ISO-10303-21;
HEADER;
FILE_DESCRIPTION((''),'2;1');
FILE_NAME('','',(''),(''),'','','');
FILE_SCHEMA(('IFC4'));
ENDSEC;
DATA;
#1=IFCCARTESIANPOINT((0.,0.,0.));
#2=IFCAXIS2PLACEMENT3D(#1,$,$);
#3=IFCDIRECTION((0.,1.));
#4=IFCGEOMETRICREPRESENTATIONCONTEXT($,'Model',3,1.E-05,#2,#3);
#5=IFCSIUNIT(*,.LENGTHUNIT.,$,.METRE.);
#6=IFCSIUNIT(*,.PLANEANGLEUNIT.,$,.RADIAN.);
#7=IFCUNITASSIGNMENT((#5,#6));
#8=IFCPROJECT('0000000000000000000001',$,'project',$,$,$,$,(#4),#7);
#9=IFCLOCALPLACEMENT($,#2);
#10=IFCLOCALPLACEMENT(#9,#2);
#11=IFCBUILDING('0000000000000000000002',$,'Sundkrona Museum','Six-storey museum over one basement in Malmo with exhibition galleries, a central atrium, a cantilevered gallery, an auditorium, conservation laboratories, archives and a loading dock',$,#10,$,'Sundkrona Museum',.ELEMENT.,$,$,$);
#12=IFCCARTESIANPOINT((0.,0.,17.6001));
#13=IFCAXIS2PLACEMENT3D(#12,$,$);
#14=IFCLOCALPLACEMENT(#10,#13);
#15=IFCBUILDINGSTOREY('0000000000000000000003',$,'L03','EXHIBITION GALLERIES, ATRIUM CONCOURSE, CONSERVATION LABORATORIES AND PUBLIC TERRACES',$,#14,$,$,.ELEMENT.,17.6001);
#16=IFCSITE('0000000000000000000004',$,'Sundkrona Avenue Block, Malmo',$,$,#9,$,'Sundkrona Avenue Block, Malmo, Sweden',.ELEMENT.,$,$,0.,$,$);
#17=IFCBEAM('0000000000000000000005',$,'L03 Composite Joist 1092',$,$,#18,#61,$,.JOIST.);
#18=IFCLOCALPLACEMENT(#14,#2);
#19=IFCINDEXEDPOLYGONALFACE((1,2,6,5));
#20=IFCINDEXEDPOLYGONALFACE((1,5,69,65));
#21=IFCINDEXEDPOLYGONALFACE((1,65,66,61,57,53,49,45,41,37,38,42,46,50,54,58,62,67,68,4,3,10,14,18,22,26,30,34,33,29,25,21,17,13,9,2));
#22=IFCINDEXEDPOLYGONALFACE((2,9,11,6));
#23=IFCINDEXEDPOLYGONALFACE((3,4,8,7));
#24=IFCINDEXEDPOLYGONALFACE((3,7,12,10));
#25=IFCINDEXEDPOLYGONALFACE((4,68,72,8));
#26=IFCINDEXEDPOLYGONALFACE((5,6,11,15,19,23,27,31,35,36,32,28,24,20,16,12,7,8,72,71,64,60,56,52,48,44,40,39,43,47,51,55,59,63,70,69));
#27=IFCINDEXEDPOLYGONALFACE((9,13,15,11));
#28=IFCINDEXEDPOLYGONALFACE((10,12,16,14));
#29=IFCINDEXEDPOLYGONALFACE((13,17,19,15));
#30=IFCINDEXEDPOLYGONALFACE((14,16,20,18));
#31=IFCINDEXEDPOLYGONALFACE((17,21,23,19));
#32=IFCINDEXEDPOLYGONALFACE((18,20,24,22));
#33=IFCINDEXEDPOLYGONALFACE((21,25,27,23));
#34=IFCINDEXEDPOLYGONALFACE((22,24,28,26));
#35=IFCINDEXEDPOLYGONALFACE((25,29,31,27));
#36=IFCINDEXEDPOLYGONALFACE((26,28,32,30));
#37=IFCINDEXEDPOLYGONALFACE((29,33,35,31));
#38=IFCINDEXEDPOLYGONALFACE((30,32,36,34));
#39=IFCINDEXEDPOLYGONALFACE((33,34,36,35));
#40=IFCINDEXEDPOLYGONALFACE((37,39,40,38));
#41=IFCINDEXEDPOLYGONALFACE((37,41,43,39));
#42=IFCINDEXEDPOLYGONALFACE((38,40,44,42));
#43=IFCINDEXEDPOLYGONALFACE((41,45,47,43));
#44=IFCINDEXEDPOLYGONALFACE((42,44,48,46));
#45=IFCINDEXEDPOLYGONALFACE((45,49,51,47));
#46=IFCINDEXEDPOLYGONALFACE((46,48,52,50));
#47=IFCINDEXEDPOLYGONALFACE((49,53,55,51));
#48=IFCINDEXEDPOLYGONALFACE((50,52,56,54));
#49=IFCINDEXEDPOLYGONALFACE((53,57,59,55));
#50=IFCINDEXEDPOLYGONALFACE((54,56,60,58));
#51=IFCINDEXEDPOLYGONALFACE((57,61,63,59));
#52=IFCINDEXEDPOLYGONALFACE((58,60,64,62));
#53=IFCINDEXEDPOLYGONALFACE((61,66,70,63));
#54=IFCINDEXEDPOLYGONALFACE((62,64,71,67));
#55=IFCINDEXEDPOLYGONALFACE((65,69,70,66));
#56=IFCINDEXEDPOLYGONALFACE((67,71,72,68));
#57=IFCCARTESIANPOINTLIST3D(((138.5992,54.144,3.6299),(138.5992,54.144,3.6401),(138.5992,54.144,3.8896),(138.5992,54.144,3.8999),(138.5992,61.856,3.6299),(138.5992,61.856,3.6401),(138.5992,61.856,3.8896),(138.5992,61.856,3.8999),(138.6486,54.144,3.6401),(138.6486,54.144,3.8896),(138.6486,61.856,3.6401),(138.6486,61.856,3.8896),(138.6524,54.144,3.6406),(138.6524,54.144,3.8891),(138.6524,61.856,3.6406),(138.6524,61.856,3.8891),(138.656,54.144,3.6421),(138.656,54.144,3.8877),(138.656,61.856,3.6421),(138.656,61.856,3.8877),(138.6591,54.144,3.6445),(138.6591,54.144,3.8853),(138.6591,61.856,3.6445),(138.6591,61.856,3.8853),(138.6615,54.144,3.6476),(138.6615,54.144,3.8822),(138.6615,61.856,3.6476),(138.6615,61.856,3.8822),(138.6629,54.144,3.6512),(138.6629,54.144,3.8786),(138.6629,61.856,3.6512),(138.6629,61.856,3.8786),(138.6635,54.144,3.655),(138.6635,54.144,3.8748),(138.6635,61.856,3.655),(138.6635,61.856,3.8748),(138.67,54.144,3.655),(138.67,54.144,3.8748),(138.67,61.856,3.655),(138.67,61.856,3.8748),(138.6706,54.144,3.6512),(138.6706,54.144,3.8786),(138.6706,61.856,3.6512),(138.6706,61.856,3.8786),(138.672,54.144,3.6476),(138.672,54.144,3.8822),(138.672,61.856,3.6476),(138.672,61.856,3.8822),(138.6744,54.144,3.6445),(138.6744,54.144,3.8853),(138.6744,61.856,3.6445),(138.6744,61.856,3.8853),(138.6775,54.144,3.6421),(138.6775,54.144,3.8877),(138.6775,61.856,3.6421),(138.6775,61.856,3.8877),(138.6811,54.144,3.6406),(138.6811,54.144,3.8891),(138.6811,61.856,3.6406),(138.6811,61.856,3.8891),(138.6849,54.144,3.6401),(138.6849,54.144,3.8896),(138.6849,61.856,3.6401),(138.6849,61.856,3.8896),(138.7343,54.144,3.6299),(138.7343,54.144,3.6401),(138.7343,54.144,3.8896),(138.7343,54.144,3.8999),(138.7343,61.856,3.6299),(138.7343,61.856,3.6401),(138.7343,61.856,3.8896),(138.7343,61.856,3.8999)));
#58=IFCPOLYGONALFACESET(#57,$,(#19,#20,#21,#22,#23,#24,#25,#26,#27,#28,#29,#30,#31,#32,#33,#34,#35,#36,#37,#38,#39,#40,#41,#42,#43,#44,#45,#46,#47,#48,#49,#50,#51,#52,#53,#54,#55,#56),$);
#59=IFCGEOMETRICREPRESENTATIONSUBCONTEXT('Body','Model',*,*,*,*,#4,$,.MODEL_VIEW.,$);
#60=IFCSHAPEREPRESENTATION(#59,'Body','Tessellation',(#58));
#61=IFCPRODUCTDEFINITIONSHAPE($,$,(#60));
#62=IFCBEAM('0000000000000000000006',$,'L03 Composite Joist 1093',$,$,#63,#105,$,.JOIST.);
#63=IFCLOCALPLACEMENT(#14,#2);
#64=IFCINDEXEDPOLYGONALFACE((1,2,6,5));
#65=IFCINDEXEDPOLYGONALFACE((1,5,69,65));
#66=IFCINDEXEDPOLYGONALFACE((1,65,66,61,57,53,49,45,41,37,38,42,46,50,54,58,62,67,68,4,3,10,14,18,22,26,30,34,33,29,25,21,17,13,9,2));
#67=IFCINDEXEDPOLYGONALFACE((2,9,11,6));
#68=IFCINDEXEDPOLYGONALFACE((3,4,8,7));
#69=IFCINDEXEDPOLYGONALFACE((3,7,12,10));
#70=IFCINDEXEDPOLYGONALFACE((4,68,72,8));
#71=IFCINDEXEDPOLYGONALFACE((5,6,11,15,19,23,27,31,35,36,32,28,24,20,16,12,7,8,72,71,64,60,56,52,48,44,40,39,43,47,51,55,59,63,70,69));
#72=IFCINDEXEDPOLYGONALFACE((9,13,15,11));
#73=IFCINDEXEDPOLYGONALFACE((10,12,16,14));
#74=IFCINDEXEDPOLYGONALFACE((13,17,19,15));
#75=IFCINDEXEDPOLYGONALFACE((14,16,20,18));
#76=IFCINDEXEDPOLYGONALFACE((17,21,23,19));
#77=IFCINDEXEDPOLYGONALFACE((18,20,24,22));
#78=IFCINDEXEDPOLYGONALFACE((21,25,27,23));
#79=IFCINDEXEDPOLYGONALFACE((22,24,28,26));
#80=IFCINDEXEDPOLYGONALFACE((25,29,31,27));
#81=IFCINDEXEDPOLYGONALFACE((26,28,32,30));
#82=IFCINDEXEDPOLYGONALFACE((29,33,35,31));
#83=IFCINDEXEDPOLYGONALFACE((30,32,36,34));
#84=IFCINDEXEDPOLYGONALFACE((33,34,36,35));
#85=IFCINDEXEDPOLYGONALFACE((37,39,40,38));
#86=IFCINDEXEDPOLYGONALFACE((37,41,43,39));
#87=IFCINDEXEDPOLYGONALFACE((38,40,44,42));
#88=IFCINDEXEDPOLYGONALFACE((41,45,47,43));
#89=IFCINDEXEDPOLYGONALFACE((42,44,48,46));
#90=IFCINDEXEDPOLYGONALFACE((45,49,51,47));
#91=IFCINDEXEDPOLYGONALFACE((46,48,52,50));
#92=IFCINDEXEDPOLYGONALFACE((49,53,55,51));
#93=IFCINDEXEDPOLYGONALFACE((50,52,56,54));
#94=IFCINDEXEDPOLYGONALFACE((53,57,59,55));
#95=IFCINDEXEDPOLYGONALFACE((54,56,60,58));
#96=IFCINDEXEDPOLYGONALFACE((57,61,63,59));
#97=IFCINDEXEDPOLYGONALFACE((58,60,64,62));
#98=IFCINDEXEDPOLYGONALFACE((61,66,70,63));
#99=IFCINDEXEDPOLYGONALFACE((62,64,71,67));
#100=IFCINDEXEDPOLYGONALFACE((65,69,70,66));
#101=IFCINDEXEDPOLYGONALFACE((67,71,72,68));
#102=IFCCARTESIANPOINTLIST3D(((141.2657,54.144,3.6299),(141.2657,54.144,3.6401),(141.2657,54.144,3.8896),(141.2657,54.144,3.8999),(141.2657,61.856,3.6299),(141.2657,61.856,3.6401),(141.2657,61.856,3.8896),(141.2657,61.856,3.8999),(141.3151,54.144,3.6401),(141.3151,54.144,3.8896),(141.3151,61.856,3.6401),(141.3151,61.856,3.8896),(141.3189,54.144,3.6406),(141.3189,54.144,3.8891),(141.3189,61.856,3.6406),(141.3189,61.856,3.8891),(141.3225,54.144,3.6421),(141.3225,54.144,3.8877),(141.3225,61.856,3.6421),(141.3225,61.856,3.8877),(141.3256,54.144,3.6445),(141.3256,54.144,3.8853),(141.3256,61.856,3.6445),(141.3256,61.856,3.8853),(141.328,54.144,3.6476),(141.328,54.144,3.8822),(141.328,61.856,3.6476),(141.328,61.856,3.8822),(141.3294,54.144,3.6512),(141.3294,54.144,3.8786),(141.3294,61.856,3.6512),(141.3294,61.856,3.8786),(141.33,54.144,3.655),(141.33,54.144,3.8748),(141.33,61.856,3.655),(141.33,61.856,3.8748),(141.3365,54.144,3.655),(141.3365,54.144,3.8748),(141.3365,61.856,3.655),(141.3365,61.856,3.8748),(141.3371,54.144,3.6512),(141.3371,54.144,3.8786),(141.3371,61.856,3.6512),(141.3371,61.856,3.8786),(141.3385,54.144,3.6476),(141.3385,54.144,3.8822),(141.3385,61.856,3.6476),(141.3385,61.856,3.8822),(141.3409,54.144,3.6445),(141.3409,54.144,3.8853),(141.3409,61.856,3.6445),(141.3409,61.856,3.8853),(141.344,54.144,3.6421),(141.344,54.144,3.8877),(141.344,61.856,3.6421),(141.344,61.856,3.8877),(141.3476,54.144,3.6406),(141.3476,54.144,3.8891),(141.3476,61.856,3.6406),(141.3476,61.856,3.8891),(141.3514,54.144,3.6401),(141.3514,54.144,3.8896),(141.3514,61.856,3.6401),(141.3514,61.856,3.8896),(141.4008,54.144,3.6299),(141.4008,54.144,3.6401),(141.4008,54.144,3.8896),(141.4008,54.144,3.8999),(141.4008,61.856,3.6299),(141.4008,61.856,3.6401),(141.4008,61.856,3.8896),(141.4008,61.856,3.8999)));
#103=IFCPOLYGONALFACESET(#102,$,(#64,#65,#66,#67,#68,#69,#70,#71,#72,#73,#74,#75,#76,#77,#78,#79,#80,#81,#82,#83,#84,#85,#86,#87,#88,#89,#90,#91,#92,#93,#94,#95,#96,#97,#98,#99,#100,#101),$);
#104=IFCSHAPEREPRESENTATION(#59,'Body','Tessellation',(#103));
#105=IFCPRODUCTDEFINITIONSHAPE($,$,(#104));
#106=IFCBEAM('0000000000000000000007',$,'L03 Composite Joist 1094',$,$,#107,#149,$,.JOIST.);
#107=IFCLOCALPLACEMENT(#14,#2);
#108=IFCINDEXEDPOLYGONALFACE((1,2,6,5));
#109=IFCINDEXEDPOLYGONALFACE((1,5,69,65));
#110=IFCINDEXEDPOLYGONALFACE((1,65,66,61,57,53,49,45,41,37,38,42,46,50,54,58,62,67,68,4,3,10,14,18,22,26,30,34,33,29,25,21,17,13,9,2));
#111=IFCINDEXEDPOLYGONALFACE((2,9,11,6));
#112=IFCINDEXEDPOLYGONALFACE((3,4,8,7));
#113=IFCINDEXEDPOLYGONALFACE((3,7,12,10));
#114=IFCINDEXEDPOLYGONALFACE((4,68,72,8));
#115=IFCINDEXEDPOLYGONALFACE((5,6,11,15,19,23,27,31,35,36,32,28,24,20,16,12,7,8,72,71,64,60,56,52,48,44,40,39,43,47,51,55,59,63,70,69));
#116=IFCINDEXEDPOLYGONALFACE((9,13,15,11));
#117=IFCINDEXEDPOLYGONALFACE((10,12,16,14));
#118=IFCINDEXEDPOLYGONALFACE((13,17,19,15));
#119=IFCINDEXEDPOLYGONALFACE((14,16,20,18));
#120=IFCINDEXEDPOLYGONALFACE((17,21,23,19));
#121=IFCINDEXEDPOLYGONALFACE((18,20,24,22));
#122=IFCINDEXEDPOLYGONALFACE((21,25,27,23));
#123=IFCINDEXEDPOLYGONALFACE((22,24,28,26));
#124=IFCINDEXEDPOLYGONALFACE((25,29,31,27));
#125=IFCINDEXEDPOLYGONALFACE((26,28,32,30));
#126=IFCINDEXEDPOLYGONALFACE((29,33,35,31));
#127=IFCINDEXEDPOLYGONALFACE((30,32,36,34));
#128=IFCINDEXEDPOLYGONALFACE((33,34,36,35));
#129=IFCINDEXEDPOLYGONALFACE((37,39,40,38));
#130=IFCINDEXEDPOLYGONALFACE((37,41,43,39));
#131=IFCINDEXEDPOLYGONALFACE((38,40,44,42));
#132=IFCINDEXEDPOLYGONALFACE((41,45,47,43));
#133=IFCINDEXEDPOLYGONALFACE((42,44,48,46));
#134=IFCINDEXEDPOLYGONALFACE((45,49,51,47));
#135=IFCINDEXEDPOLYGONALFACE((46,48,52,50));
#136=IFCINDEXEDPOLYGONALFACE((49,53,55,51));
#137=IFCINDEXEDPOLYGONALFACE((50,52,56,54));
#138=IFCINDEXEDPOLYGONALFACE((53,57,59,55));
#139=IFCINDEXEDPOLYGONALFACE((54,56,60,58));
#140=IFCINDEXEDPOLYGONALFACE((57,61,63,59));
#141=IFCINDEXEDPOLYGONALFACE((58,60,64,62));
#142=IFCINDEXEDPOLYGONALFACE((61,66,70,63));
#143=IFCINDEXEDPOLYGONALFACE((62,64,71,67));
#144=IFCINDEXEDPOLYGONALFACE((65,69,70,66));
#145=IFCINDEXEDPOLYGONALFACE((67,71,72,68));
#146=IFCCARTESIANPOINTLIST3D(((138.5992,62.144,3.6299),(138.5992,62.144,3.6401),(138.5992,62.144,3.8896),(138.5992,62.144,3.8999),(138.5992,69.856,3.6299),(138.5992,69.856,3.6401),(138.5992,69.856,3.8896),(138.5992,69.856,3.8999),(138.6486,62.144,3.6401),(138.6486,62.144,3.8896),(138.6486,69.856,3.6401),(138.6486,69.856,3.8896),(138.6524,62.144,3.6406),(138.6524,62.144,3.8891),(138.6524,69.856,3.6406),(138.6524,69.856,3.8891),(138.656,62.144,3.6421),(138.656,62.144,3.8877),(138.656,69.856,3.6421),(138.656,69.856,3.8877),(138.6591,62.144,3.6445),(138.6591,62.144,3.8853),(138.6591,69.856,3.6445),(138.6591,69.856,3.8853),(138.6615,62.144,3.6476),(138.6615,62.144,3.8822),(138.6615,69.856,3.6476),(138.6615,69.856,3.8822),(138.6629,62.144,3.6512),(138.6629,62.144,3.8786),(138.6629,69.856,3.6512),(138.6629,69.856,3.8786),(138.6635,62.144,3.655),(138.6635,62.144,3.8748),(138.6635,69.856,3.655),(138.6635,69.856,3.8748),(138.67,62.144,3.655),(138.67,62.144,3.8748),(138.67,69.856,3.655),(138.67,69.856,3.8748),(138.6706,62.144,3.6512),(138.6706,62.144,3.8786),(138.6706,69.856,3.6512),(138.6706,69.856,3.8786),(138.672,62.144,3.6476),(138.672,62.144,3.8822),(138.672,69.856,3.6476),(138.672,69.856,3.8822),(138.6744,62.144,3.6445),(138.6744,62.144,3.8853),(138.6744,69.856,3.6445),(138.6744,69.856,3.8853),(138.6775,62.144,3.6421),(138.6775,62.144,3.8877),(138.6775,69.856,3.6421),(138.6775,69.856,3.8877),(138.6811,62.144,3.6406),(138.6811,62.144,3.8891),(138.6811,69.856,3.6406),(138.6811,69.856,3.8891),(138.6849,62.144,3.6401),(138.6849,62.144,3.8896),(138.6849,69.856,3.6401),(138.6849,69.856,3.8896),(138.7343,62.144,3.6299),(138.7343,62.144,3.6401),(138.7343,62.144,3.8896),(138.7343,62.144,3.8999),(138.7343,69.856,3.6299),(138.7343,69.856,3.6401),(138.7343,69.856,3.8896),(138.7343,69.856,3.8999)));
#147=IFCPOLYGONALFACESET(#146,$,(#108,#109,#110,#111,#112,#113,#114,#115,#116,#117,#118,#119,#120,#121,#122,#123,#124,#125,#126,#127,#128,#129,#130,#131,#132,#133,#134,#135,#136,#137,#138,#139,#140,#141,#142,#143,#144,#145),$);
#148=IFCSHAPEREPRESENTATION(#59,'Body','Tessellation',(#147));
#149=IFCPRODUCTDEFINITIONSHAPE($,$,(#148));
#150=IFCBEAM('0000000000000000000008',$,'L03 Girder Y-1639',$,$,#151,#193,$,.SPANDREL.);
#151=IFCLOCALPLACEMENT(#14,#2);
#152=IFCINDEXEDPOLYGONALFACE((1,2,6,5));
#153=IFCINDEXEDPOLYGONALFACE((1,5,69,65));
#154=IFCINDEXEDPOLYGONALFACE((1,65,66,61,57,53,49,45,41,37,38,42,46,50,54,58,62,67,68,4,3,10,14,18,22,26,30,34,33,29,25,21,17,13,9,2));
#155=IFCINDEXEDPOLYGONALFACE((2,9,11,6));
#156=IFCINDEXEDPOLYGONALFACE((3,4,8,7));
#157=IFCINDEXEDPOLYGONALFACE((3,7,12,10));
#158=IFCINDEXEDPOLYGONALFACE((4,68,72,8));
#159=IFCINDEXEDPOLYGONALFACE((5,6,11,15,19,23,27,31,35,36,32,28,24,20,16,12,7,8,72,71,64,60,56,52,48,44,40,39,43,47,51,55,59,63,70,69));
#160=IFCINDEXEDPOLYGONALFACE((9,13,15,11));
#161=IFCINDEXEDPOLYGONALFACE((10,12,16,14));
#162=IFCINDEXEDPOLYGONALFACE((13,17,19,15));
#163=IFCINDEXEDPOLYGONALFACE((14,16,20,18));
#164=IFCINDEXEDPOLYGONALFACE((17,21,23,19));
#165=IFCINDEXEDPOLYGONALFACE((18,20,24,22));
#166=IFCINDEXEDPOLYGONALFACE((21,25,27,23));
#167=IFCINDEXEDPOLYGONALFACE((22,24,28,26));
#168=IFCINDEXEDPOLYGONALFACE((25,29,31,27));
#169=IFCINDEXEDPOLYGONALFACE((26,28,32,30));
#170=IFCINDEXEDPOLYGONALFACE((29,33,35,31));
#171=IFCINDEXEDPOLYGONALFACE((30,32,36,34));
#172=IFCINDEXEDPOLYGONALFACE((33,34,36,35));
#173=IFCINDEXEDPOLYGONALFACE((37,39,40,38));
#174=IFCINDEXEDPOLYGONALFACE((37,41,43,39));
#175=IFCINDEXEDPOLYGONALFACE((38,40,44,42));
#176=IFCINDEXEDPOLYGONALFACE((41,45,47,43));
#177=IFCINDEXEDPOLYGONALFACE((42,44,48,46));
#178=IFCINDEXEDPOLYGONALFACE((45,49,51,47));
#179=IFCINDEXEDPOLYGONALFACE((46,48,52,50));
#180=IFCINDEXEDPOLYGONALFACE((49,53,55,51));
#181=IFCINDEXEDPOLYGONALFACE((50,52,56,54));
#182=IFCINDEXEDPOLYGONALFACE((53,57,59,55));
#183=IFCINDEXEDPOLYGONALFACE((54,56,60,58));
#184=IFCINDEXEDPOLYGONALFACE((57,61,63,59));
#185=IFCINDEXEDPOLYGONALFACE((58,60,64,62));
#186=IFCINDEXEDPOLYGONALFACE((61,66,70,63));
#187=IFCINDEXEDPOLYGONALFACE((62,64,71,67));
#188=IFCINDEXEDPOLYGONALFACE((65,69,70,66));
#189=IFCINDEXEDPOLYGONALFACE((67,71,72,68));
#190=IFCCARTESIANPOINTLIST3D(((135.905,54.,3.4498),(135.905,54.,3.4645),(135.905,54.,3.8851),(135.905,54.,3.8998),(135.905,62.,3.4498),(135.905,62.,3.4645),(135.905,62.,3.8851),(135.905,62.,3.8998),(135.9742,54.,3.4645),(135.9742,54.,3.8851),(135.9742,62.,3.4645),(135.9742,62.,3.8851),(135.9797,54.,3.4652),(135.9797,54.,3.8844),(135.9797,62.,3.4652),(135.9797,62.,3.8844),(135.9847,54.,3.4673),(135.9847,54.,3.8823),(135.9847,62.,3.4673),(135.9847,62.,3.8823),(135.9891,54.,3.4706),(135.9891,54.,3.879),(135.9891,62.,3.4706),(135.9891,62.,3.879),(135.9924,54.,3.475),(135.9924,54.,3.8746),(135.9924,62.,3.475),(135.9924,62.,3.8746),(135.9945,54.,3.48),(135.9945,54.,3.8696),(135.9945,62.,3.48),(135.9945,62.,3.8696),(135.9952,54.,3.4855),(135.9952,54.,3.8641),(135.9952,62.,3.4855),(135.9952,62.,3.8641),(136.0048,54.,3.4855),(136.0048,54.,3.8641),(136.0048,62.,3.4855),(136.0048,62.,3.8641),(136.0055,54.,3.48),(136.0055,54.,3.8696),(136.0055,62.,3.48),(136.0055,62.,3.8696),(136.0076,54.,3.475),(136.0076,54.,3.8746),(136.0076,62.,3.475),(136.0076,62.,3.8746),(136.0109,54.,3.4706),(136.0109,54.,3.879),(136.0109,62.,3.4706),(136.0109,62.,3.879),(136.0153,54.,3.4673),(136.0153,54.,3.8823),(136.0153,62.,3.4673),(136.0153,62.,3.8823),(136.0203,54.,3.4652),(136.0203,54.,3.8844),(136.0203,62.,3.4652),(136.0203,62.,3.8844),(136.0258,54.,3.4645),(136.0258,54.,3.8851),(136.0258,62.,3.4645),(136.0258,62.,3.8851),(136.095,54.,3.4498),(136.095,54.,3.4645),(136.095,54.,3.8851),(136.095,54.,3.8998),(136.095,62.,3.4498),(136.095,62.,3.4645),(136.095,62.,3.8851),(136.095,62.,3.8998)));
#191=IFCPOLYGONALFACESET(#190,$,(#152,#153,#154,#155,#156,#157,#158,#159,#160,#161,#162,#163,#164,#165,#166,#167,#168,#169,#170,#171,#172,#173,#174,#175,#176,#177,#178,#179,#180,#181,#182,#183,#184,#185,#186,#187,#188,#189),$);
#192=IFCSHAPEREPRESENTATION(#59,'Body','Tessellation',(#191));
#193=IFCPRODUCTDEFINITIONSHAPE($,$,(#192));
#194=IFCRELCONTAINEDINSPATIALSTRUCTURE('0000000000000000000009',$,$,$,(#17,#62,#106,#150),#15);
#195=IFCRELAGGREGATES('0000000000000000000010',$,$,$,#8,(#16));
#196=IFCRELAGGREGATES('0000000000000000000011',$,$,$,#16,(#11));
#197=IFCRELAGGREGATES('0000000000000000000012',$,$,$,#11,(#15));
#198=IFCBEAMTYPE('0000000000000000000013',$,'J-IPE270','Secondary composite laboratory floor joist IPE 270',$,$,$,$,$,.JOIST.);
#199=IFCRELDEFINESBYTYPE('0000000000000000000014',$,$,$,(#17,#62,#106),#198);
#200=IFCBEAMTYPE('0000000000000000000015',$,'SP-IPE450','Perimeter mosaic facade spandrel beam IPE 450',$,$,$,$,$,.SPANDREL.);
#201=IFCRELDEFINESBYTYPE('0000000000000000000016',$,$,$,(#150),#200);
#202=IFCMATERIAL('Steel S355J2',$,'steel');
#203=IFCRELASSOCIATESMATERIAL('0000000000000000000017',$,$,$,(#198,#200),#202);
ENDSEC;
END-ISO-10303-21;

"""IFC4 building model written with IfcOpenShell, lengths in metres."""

from ifc_helpers import new_model, si_unit, direction, frame, origin, origin_2d, place, context, subcontext, project, spatial, i_section, extrude, material, material_profile, profile_set, type_object, element, save


model = new_model("IFC4")

# Units and contexts
model_context = context("Model", 3, precision=1e-05, world=origin(), true_north=direction((0.0, 1.0)))
body_context = subcontext(model_context, "Body", "Model", "MODEL_VIEW")
ifc_project = project(units=[si_unit("LENGTHUNIT", "METRE"), si_unit("PLANEANGLEUNIT", "RADIAN")], contexts=[model_context])

# Site, building, storey
site_placement = place(None, origin())
site = spatial("IfcSite", under=ifc_project, at=site_placement, Name="Sundkrona Avenue Block, Malmo", LongName="Sundkrona Avenue Block, Malmo, Sweden", CompositionType="ELEMENT", RefElevation=0.0)
building_placement = place(site_placement, origin())
building = spatial("IfcBuilding", under=site, at=building_placement, Name="Sundkrona Museum", Description="Six-storey museum over one basement in Malmo with exhibition galleries, a central atrium, a cantilevered gallery, an auditorium, conservation laboratories, archives and a loading dock", LongName="Sundkrona Museum", CompositionType="ELEMENT")
storey_placement = place(building_placement, frame((0.0, 0.0, 17.6001)))
storey = spatial("IfcBuildingStorey", under=building, at=storey_placement, Name="L03", Description="EXHIBITION GALLERIES, ATRIUM CONCOURSE, CONSERVATION LABORATORIES AND PUBLIC TERRACES", CompositionType="ELEMENT", Elevation=17.6001)

# Shared definitions
ifc_material_1 = material(Name="Steel S355J2", Category="steel")

# Beams
ifc_material_profile_1 = material_profile(ifc_material_1, i_section(OverallWidth=0.135, OverallDepth=0.27, WebThickness=0.0066, FlangeThickness=0.0103, FilletRadius=0.0149, at=origin_2d()), Name="IPE 270")
ifc_profile_set_1 = profile_set([ifc_material_profile_1], Name="Steel S355J2")
beam_type_1 = type_object("IfcBeamType", Name="J-IPE270", Description="Secondary composite laboratory floor joist IPE 270", PredefinedType="JOIST", material=ifc_profile_set_1)
for number, where, z_axis, x_axis, name in (
    (1, (138.6667, 54.144, 3.7649), (0.0, 1.0, 0.0), (-1.0, 0.0, 0.0), "L03 Composite Joist 1092"),
    (2, (141.3333, 54.144, 3.7649), (0.0, 1.0, 0.0), (-1.0, 0.0, 0.0), "L03 Composite Joist 1093"),
    (3, (138.6667, 62.144, 3.7649), (0.0, 1.0, 0.0), (-1.0, 0.0, 0.0), "L03 Composite Joist 1094"),
):
    element("IfcBeam", number, at=place(storey_placement, frame(where, z_axis=z_axis, x_axis=x_axis)), inside=storey, type_object=beam_type_1, Name=name, PredefinedType="JOIST", context=body_context, shape_type="SweptSolid", body=[
        extrude(i_section(OverallWidth=0.135, OverallDepth=0.27, WebThickness=0.0066, FlangeThickness=0.0103, FilletRadius=0.0149, at=origin_2d()), origin(), (0.0, 0.0, 1.0), 7.7119),
    ])
ifc_material_profile_2 = material_profile(ifc_material_1, i_section(OverallWidth=0.1899, OverallDepth=0.45, WebThickness=0.0095, FlangeThickness=0.0146, FilletRadius=0.021, at=origin_2d()), Name="IPE 450")
ifc_profile_set_2 = profile_set([ifc_material_profile_2], Name="Steel S355J2")
beam_type_2 = type_object("IfcBeamType", Name="SP-IPE450", Description="Perimeter mosaic facade spandrel beam IPE 450", PredefinedType="SPANDREL", material=ifc_profile_set_2)
for number, where, z_axis, x_axis, name in (
    (4, (136.0, 54.0, 3.6748), (0.0, 1.0, 0.0), (-1.0, 0.0, 0.0), "L03 Girder Y-1639"),
):
    element("IfcBeam", number, at=place(storey_placement, frame(where, z_axis=z_axis, x_axis=x_axis)), inside=storey, type_object=beam_type_2, Name=name, PredefinedType="SPANDREL", context=body_context, shape_type="SweptSolid", body=[
        extrude(i_section(OverallWidth=0.1899, OverallDepth=0.45, WebThickness=0.0095, FlangeThickness=0.0146, FilletRadius=0.021, at=origin_2d()), origin(), (0.0, 0.0, 1.0), 8.0),
    ])

save(model, "model.ifc")
